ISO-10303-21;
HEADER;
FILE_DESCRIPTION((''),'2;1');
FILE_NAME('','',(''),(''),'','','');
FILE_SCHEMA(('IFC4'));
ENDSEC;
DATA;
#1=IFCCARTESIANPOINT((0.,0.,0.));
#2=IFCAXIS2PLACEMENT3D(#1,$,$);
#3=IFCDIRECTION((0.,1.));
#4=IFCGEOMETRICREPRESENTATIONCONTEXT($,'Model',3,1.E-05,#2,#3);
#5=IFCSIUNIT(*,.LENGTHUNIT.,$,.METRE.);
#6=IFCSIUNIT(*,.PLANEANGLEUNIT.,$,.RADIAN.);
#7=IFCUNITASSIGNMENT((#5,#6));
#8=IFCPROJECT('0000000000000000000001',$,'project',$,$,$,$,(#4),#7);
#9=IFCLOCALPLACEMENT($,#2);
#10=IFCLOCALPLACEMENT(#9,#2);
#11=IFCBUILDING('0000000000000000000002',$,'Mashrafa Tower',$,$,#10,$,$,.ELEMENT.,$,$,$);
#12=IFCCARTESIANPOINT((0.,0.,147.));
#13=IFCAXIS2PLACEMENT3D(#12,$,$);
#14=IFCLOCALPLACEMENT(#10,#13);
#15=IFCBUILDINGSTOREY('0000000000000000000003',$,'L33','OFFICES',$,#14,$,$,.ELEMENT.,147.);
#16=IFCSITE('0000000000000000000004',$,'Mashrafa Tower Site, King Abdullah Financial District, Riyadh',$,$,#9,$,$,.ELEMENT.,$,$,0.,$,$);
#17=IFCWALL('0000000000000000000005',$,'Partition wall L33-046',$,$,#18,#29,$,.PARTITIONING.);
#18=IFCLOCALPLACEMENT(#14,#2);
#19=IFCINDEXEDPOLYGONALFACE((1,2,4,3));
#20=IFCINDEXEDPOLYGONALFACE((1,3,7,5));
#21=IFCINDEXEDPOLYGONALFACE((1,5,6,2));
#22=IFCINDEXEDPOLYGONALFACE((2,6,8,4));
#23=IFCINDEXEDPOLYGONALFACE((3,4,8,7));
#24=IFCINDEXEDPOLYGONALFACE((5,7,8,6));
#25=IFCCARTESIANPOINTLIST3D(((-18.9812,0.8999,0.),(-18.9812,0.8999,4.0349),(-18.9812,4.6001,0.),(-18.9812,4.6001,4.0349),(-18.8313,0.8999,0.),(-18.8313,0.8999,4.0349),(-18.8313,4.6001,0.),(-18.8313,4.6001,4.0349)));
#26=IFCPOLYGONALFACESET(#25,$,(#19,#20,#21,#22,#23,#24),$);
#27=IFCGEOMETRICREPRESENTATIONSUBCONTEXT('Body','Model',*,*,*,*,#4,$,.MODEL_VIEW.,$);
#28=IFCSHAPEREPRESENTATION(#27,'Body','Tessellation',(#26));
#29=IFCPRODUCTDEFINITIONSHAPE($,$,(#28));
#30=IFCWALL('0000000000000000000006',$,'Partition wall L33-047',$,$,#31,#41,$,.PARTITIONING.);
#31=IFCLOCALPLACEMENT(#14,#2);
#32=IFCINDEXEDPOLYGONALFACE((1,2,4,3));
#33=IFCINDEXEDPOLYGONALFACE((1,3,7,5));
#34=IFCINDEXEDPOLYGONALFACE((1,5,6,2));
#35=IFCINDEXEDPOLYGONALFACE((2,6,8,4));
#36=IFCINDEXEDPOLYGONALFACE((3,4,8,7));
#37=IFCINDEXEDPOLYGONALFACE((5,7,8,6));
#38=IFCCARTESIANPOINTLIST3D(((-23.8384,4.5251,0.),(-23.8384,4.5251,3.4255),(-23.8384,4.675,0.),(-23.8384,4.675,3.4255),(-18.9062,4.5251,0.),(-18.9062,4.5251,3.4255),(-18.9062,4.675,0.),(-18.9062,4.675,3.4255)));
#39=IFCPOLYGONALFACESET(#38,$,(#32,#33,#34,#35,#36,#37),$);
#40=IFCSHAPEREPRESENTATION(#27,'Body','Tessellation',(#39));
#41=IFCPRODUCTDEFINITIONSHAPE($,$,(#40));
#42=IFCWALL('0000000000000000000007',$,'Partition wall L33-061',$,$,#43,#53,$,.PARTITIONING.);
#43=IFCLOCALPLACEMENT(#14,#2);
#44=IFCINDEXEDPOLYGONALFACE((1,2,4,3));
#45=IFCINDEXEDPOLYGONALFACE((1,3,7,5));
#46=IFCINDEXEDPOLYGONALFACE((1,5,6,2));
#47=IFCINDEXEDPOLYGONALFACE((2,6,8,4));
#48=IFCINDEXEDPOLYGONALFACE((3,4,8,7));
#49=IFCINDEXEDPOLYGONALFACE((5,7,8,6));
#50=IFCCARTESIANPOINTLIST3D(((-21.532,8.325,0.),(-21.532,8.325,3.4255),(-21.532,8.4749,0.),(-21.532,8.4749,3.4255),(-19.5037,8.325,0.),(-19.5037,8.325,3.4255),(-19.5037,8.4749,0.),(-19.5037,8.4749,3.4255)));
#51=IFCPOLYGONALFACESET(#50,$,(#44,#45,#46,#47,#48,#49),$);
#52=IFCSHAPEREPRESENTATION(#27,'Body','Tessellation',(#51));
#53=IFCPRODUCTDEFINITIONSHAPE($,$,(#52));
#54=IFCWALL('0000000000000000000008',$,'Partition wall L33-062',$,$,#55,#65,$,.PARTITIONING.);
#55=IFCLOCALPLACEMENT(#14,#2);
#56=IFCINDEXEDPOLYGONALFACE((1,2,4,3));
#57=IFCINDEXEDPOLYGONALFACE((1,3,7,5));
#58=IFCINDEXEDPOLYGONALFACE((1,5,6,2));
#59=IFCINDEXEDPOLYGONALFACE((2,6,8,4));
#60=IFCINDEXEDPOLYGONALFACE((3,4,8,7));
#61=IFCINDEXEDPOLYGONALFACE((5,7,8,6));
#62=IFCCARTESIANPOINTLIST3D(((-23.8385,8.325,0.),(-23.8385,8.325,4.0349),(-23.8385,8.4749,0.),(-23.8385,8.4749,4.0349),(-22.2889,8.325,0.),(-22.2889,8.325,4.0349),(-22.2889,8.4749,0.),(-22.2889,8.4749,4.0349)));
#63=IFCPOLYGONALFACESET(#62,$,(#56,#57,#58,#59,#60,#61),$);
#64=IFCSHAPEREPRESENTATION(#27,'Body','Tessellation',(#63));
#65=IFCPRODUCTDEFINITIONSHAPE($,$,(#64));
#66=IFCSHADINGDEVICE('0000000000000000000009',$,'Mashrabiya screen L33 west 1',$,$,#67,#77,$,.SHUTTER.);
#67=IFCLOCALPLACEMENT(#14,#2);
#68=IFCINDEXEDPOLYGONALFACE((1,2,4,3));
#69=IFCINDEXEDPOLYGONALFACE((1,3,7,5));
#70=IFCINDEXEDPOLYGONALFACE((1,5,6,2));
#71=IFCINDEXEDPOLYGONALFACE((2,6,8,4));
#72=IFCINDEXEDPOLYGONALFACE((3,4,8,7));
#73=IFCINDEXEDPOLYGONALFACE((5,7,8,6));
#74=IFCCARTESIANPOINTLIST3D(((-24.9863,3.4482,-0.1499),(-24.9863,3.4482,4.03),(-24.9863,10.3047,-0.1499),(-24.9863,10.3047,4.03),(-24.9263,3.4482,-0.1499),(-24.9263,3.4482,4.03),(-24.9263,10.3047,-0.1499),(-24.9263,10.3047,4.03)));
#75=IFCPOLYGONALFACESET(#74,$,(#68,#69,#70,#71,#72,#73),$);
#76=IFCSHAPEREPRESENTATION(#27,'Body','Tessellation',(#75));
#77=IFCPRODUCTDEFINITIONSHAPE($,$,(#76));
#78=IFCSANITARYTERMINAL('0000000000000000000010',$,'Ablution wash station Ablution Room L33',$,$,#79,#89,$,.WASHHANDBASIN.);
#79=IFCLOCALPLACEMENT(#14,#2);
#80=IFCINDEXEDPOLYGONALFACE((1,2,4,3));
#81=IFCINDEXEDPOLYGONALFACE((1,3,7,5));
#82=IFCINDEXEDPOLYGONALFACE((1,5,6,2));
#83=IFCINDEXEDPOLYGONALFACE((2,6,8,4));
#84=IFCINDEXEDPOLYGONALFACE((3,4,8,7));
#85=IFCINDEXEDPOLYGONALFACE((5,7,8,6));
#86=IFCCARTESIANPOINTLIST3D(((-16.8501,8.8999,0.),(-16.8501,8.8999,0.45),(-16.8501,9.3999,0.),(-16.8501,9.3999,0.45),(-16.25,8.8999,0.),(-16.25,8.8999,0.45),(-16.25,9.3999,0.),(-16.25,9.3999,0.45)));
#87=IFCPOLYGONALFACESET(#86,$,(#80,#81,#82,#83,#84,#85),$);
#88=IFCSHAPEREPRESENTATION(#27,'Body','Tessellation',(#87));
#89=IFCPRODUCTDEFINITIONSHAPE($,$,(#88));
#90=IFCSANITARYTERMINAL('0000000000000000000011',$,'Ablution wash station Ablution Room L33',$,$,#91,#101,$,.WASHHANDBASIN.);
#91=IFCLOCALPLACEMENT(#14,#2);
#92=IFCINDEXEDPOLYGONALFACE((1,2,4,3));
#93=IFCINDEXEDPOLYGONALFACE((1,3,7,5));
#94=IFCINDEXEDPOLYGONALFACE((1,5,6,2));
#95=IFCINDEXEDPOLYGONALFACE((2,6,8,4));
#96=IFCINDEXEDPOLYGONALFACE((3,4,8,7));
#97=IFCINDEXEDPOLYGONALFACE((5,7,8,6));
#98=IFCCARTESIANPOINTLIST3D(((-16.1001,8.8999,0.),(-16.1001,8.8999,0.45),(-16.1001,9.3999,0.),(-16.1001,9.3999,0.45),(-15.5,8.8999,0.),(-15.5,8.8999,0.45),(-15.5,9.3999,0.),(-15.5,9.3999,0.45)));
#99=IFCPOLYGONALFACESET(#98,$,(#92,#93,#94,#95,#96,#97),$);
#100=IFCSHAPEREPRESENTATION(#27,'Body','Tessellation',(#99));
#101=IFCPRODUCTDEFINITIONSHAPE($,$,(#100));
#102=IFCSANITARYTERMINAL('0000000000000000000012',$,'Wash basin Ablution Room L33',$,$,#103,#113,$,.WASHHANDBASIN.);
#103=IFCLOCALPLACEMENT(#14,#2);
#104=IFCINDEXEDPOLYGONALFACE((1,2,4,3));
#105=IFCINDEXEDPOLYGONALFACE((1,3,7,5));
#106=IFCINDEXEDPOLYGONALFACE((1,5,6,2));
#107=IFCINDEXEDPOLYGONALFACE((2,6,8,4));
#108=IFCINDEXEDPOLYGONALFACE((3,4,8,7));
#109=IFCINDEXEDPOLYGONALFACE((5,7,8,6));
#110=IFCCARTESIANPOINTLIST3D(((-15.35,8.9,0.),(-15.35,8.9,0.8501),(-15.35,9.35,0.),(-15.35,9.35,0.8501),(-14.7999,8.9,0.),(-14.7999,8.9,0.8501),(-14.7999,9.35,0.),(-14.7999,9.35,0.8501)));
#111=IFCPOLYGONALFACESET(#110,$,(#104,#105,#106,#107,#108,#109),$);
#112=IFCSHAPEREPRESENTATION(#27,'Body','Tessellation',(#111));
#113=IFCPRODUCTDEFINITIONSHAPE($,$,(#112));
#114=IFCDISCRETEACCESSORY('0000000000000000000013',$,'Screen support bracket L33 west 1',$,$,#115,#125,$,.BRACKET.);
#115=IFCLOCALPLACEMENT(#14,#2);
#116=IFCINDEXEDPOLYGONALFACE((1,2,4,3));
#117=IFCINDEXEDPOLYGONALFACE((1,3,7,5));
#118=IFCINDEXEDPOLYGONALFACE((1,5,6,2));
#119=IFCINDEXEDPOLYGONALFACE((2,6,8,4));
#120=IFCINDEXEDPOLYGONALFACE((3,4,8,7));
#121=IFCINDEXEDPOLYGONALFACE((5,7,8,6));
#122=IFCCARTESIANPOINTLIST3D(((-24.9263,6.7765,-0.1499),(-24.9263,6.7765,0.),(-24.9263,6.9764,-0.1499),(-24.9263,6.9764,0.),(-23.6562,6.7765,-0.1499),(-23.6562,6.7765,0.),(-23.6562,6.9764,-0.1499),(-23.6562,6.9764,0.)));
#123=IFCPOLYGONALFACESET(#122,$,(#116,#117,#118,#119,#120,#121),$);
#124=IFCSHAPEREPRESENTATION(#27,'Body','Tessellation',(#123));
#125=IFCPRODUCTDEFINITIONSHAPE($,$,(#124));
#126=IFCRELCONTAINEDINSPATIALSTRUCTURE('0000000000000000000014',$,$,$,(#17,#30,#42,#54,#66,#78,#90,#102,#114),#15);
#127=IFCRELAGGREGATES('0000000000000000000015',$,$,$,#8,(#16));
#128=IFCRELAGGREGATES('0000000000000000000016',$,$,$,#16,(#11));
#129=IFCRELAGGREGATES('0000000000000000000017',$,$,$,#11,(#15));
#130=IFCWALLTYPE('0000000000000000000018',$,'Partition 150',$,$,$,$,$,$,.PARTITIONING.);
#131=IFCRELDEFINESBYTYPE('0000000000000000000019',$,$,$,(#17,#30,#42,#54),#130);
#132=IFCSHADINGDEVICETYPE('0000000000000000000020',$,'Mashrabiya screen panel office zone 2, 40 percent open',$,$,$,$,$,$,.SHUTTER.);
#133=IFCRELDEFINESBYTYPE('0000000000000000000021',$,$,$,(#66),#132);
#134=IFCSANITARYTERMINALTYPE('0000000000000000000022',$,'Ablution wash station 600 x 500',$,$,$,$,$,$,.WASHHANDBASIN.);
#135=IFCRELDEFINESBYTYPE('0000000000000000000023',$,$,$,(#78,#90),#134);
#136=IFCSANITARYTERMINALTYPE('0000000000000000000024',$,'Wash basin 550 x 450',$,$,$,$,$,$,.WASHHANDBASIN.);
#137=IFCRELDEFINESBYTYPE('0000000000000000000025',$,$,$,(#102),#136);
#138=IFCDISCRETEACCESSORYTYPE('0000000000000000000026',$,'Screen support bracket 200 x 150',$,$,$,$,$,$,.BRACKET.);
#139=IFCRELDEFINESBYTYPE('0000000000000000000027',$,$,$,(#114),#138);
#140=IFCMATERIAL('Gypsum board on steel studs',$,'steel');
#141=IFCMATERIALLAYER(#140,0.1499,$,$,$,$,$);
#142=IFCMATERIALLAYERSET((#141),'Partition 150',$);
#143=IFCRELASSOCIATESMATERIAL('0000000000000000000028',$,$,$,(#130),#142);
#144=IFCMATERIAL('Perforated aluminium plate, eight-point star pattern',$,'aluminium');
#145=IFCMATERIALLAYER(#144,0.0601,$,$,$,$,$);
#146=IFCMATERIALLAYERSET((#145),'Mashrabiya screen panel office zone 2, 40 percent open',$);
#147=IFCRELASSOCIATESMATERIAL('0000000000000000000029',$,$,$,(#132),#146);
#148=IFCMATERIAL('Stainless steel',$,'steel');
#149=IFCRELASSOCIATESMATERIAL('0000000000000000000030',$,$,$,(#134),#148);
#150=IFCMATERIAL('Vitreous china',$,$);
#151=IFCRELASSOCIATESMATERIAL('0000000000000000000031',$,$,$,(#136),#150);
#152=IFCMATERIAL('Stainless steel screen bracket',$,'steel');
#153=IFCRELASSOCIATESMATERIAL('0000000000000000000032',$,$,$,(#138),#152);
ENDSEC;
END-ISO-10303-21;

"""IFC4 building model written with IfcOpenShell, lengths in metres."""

from ifc_helpers import new_model, si_unit, direction, frame, frame_2d, origin, origin_2d, place, context, subcontext, project, spatial, rectangle, extrude, source, transform, mapped, material, layer, layer_set, type_object, type_shapes, element, save


model = new_model("IFC4")

# Units and contexts
model_context = context("Model", 3, precision=1e-05, world=origin(), true_north=direction((0.0, 1.0)))
body_context = subcontext(model_context, "Body", "Model", "MODEL_VIEW")
ifc_project = project(units=[si_unit("LENGTHUNIT", "METRE"), si_unit("PLANEANGLEUNIT", "RADIAN")], contexts=[model_context])

# Site, building, storey
site_placement = place(None, origin())
site = spatial("IfcSite", under=ifc_project, at=site_placement, Name="Mashrafa Tower Site, King Abdullah Financial District, Riyadh", CompositionType="ELEMENT", RefElevation=0.0)
building_placement = place(site_placement, origin())
building = spatial("IfcBuilding", under=site, at=building_placement, Name="Mashrafa Tower", CompositionType="ELEMENT")
storey_placement = place(building_placement, frame((0.0, 0.0, 147.0)))
storey = spatial("IfcBuildingStorey", under=building, at=storey_placement, Name="L33", Description="OFFICES", CompositionType="ELEMENT", Elevation=147.0)

# Walls
ifc_material_1 = material(Name="Gypsum board on steel studs", Category="steel")
ifc_layer_1 = layer(ifc_material_1, 0.1499)
ifc_layer_set_1 = layer_set([ifc_layer_1], Name="Partition 150")
wall_type_1 = type_object("IfcWallType", Name="Partition 150", PredefinedType="PARTITIONING", material=ifc_layer_set_1)
wall_1_placement = place(storey_placement, frame((-18.9062, 0.8999, 0.0), z_axis=(0.0, 0.0, 1.0), x_axis=(0.0, 1.0, 0.0)))
element("IfcWall", 1, at=wall_1_placement, inside=storey, type_object=wall_type_1, Name="Partition wall L33-046", PredefinedType="PARTITIONING", context=body_context, shape_type="SweptSolid", body=[
    extrude(rectangle(XDim=3.7002, YDim=0.1499, at=frame_2d((1.8501, 0.0))), origin(), (0.0, 0.0, 1.0), 4.0349),
])
wall_2_placement = place(storey_placement, frame((-18.9062, 4.6001, 0.0), z_axis=(0.0, 0.0, 1.0), x_axis=(-1.0, 0.0, 0.0)))
element("IfcWall", 2, at=wall_2_placement, inside=storey, type_object=wall_type_1, Name="Partition wall L33-047", PredefinedType="PARTITIONING", context=body_context, shape_type="SweptSolid", body=[
    extrude(rectangle(XDim=4.9321, YDim=0.1499, at=frame_2d((2.4661, 0.0))), origin(), (0.0, 0.0, 1.0), 3.4255),
])
wall_3_placement = place(storey_placement, frame((-19.5037, 8.3999, 0.0), z_axis=(0.0, 0.0, 1.0), x_axis=(-1.0, 0.0, 0.0)))
element("IfcWall", 3, at=wall_3_placement, inside=storey, type_object=wall_type_1, Name="Partition wall L33-061", PredefinedType="PARTITIONING", context=body_context, shape_type="SweptSolid", body=[
    extrude(rectangle(XDim=2.0283, YDim=0.1499, at=frame_2d((1.0142, 0.0))), origin(), (0.0, 0.0, 1.0), 3.4255),
])
wall_4_placement = place(storey_placement, frame((-22.2888, 8.3999, 0.0), z_axis=(0.0, 0.0, 1.0), x_axis=(-1.0, 0.0, 0.0)))
element("IfcWall", 4, at=wall_4_placement, inside=storey, type_object=wall_type_1, Name="Partition wall L33-062", PredefinedType="PARTITIONING", context=body_context, shape_type="SweptSolid", body=[
    extrude(rectangle(XDim=1.5496, YDim=0.1499, at=frame_2d((0.7749, 0.0))), origin(), (0.0, 0.0, 1.0), 4.0349),
])

# Shading device
ifc_material_2 = material(Name="Perforated aluminium plate, eight-point star pattern", Category="aluminium")
ifc_layer_2 = layer(ifc_material_2, 0.0601)
ifc_layer_set_2 = layer_set([ifc_layer_2], Name="Mashrabiya screen panel office zone 2, 40 percent open")
shading_device_type = type_object("IfcShadingDeviceType", Name="Mashrabiya screen panel office zone 2, 40 percent open", PredefinedType="SHUTTER", material=ifc_layer_set_2)
shared_shape_1 = source(origin(), body_context, "Body", "SweptSolid", [
    extrude(rectangle(XDim=6.8564, YDim=0.0601, at=origin_2d()), origin(), (0.0, 0.0, 1.0), 4.1799),
])
type_shapes(shading_device_type, [shared_shape_1])
shading_device_placement = place(storey_placement, frame((-24.9563, 6.8765, -0.1499), z_axis=(0.0, 0.0, 1.0), x_axis=(0.0, -1.0, 0.0)))
element("IfcShadingDevice", 5, at=shading_device_placement, inside=storey, type_object=shading_device_type, Name="Mashrabiya screen L33 west 1", PredefinedType="SHUTTER", context=body_context, shape_type="MappedRepresentation", body=[
    mapped(shared_shape_1, transform((0.0, 0.0, 0.0))),
])

# Sanitary terminals
ifc_material_3 = material(Name="Stainless steel", Category="steel")
sanitary_terminal_type_1 = type_object("IfcSanitaryTerminalType", Name="Ablution wash station 600 x 500", PredefinedType="WASHHANDBASIN", material=ifc_material_3)
for number, where, z_axis, x_axis, name in (
    (6, (-16.55, 9.1499, 0.0), (0.0, 0.0, 1.0), (1.0, 0.0, 0.0), "Ablution wash station Ablution Room L33"),
    (7, (-15.8, 9.1499, 0.0), (0.0, 0.0, 1.0), (1.0, 0.0, 0.0), "Ablution wash station Ablution Room L33"),
):
    element("IfcSanitaryTerminal", number, at=place(storey_placement, frame(where, z_axis=z_axis, x_axis=x_axis)), inside=storey, type_object=sanitary_terminal_type_1, Name=name, PredefinedType="WASHHANDBASIN", context=body_context, shape_type="SweptSolid", body=[
        extrude(rectangle(XDim=0.6001, YDim=0.5, at=origin_2d()), origin(), (0.0, 0.0, 1.0), 0.45),
    ])
ifc_material_4 = material(Name="Vitreous china")
sanitary_terminal_type_2 = type_object("IfcSanitaryTerminalType", Name="Wash basin 550 x 450", PredefinedType="WASHHANDBASIN", material=ifc_material_4)
sanitary_terminal_placement = place(storey_placement, frame((-15.075, 9.125, 0.0), z_axis=(0.0, 0.0, 1.0), x_axis=(1.0, 0.0, 0.0)))
element("IfcSanitaryTerminal", 8, at=sanitary_terminal_placement, inside=storey, type_object=sanitary_terminal_type_2, Name="Wash basin Ablution Room L33", PredefinedType="WASHHANDBASIN", context=body_context, shape_type="SweptSolid", body=[
    extrude(rectangle(XDim=0.55, YDim=0.45, at=origin_2d()), origin(), (0.0, 0.0, 1.0), 0.8501),
])

# Discrete accessory
ifc_material_5 = material(Name="Stainless steel screen bracket", Category="steel")
discrete_accessory_type = type_object("IfcDiscreteAccessoryType", Name="Screen support bracket 200 x 150", PredefinedType="BRACKET", material=ifc_material_5)
shared_shape_2 = source(origin(), body_context, "Body", "SweptSolid", [
    extrude(rectangle(XDim=0.2, YDim=1.27, at=origin_2d()), origin(), (0.0, 0.0, 1.0), 0.1499),
])
type_shapes(discrete_accessory_type, [shared_shape_2])
discrete_accessory_placement = place(storey_placement, frame((-24.2913, 6.8765, -0.1499), z_axis=(0.0, 0.0, 1.0), x_axis=(0.0, -1.0, 0.0)))
element("IfcDiscreteAccessory", 9, at=discrete_accessory_placement, inside=storey, type_object=discrete_accessory_type, Name="Screen support bracket L33 west 1", PredefinedType="BRACKET", context=body_context, shape_type="MappedRepresentation", body=[
    mapped(shared_shape_2, transform((0.0, 0.0, 0.0))),
])

save(model, "model.ifc")
